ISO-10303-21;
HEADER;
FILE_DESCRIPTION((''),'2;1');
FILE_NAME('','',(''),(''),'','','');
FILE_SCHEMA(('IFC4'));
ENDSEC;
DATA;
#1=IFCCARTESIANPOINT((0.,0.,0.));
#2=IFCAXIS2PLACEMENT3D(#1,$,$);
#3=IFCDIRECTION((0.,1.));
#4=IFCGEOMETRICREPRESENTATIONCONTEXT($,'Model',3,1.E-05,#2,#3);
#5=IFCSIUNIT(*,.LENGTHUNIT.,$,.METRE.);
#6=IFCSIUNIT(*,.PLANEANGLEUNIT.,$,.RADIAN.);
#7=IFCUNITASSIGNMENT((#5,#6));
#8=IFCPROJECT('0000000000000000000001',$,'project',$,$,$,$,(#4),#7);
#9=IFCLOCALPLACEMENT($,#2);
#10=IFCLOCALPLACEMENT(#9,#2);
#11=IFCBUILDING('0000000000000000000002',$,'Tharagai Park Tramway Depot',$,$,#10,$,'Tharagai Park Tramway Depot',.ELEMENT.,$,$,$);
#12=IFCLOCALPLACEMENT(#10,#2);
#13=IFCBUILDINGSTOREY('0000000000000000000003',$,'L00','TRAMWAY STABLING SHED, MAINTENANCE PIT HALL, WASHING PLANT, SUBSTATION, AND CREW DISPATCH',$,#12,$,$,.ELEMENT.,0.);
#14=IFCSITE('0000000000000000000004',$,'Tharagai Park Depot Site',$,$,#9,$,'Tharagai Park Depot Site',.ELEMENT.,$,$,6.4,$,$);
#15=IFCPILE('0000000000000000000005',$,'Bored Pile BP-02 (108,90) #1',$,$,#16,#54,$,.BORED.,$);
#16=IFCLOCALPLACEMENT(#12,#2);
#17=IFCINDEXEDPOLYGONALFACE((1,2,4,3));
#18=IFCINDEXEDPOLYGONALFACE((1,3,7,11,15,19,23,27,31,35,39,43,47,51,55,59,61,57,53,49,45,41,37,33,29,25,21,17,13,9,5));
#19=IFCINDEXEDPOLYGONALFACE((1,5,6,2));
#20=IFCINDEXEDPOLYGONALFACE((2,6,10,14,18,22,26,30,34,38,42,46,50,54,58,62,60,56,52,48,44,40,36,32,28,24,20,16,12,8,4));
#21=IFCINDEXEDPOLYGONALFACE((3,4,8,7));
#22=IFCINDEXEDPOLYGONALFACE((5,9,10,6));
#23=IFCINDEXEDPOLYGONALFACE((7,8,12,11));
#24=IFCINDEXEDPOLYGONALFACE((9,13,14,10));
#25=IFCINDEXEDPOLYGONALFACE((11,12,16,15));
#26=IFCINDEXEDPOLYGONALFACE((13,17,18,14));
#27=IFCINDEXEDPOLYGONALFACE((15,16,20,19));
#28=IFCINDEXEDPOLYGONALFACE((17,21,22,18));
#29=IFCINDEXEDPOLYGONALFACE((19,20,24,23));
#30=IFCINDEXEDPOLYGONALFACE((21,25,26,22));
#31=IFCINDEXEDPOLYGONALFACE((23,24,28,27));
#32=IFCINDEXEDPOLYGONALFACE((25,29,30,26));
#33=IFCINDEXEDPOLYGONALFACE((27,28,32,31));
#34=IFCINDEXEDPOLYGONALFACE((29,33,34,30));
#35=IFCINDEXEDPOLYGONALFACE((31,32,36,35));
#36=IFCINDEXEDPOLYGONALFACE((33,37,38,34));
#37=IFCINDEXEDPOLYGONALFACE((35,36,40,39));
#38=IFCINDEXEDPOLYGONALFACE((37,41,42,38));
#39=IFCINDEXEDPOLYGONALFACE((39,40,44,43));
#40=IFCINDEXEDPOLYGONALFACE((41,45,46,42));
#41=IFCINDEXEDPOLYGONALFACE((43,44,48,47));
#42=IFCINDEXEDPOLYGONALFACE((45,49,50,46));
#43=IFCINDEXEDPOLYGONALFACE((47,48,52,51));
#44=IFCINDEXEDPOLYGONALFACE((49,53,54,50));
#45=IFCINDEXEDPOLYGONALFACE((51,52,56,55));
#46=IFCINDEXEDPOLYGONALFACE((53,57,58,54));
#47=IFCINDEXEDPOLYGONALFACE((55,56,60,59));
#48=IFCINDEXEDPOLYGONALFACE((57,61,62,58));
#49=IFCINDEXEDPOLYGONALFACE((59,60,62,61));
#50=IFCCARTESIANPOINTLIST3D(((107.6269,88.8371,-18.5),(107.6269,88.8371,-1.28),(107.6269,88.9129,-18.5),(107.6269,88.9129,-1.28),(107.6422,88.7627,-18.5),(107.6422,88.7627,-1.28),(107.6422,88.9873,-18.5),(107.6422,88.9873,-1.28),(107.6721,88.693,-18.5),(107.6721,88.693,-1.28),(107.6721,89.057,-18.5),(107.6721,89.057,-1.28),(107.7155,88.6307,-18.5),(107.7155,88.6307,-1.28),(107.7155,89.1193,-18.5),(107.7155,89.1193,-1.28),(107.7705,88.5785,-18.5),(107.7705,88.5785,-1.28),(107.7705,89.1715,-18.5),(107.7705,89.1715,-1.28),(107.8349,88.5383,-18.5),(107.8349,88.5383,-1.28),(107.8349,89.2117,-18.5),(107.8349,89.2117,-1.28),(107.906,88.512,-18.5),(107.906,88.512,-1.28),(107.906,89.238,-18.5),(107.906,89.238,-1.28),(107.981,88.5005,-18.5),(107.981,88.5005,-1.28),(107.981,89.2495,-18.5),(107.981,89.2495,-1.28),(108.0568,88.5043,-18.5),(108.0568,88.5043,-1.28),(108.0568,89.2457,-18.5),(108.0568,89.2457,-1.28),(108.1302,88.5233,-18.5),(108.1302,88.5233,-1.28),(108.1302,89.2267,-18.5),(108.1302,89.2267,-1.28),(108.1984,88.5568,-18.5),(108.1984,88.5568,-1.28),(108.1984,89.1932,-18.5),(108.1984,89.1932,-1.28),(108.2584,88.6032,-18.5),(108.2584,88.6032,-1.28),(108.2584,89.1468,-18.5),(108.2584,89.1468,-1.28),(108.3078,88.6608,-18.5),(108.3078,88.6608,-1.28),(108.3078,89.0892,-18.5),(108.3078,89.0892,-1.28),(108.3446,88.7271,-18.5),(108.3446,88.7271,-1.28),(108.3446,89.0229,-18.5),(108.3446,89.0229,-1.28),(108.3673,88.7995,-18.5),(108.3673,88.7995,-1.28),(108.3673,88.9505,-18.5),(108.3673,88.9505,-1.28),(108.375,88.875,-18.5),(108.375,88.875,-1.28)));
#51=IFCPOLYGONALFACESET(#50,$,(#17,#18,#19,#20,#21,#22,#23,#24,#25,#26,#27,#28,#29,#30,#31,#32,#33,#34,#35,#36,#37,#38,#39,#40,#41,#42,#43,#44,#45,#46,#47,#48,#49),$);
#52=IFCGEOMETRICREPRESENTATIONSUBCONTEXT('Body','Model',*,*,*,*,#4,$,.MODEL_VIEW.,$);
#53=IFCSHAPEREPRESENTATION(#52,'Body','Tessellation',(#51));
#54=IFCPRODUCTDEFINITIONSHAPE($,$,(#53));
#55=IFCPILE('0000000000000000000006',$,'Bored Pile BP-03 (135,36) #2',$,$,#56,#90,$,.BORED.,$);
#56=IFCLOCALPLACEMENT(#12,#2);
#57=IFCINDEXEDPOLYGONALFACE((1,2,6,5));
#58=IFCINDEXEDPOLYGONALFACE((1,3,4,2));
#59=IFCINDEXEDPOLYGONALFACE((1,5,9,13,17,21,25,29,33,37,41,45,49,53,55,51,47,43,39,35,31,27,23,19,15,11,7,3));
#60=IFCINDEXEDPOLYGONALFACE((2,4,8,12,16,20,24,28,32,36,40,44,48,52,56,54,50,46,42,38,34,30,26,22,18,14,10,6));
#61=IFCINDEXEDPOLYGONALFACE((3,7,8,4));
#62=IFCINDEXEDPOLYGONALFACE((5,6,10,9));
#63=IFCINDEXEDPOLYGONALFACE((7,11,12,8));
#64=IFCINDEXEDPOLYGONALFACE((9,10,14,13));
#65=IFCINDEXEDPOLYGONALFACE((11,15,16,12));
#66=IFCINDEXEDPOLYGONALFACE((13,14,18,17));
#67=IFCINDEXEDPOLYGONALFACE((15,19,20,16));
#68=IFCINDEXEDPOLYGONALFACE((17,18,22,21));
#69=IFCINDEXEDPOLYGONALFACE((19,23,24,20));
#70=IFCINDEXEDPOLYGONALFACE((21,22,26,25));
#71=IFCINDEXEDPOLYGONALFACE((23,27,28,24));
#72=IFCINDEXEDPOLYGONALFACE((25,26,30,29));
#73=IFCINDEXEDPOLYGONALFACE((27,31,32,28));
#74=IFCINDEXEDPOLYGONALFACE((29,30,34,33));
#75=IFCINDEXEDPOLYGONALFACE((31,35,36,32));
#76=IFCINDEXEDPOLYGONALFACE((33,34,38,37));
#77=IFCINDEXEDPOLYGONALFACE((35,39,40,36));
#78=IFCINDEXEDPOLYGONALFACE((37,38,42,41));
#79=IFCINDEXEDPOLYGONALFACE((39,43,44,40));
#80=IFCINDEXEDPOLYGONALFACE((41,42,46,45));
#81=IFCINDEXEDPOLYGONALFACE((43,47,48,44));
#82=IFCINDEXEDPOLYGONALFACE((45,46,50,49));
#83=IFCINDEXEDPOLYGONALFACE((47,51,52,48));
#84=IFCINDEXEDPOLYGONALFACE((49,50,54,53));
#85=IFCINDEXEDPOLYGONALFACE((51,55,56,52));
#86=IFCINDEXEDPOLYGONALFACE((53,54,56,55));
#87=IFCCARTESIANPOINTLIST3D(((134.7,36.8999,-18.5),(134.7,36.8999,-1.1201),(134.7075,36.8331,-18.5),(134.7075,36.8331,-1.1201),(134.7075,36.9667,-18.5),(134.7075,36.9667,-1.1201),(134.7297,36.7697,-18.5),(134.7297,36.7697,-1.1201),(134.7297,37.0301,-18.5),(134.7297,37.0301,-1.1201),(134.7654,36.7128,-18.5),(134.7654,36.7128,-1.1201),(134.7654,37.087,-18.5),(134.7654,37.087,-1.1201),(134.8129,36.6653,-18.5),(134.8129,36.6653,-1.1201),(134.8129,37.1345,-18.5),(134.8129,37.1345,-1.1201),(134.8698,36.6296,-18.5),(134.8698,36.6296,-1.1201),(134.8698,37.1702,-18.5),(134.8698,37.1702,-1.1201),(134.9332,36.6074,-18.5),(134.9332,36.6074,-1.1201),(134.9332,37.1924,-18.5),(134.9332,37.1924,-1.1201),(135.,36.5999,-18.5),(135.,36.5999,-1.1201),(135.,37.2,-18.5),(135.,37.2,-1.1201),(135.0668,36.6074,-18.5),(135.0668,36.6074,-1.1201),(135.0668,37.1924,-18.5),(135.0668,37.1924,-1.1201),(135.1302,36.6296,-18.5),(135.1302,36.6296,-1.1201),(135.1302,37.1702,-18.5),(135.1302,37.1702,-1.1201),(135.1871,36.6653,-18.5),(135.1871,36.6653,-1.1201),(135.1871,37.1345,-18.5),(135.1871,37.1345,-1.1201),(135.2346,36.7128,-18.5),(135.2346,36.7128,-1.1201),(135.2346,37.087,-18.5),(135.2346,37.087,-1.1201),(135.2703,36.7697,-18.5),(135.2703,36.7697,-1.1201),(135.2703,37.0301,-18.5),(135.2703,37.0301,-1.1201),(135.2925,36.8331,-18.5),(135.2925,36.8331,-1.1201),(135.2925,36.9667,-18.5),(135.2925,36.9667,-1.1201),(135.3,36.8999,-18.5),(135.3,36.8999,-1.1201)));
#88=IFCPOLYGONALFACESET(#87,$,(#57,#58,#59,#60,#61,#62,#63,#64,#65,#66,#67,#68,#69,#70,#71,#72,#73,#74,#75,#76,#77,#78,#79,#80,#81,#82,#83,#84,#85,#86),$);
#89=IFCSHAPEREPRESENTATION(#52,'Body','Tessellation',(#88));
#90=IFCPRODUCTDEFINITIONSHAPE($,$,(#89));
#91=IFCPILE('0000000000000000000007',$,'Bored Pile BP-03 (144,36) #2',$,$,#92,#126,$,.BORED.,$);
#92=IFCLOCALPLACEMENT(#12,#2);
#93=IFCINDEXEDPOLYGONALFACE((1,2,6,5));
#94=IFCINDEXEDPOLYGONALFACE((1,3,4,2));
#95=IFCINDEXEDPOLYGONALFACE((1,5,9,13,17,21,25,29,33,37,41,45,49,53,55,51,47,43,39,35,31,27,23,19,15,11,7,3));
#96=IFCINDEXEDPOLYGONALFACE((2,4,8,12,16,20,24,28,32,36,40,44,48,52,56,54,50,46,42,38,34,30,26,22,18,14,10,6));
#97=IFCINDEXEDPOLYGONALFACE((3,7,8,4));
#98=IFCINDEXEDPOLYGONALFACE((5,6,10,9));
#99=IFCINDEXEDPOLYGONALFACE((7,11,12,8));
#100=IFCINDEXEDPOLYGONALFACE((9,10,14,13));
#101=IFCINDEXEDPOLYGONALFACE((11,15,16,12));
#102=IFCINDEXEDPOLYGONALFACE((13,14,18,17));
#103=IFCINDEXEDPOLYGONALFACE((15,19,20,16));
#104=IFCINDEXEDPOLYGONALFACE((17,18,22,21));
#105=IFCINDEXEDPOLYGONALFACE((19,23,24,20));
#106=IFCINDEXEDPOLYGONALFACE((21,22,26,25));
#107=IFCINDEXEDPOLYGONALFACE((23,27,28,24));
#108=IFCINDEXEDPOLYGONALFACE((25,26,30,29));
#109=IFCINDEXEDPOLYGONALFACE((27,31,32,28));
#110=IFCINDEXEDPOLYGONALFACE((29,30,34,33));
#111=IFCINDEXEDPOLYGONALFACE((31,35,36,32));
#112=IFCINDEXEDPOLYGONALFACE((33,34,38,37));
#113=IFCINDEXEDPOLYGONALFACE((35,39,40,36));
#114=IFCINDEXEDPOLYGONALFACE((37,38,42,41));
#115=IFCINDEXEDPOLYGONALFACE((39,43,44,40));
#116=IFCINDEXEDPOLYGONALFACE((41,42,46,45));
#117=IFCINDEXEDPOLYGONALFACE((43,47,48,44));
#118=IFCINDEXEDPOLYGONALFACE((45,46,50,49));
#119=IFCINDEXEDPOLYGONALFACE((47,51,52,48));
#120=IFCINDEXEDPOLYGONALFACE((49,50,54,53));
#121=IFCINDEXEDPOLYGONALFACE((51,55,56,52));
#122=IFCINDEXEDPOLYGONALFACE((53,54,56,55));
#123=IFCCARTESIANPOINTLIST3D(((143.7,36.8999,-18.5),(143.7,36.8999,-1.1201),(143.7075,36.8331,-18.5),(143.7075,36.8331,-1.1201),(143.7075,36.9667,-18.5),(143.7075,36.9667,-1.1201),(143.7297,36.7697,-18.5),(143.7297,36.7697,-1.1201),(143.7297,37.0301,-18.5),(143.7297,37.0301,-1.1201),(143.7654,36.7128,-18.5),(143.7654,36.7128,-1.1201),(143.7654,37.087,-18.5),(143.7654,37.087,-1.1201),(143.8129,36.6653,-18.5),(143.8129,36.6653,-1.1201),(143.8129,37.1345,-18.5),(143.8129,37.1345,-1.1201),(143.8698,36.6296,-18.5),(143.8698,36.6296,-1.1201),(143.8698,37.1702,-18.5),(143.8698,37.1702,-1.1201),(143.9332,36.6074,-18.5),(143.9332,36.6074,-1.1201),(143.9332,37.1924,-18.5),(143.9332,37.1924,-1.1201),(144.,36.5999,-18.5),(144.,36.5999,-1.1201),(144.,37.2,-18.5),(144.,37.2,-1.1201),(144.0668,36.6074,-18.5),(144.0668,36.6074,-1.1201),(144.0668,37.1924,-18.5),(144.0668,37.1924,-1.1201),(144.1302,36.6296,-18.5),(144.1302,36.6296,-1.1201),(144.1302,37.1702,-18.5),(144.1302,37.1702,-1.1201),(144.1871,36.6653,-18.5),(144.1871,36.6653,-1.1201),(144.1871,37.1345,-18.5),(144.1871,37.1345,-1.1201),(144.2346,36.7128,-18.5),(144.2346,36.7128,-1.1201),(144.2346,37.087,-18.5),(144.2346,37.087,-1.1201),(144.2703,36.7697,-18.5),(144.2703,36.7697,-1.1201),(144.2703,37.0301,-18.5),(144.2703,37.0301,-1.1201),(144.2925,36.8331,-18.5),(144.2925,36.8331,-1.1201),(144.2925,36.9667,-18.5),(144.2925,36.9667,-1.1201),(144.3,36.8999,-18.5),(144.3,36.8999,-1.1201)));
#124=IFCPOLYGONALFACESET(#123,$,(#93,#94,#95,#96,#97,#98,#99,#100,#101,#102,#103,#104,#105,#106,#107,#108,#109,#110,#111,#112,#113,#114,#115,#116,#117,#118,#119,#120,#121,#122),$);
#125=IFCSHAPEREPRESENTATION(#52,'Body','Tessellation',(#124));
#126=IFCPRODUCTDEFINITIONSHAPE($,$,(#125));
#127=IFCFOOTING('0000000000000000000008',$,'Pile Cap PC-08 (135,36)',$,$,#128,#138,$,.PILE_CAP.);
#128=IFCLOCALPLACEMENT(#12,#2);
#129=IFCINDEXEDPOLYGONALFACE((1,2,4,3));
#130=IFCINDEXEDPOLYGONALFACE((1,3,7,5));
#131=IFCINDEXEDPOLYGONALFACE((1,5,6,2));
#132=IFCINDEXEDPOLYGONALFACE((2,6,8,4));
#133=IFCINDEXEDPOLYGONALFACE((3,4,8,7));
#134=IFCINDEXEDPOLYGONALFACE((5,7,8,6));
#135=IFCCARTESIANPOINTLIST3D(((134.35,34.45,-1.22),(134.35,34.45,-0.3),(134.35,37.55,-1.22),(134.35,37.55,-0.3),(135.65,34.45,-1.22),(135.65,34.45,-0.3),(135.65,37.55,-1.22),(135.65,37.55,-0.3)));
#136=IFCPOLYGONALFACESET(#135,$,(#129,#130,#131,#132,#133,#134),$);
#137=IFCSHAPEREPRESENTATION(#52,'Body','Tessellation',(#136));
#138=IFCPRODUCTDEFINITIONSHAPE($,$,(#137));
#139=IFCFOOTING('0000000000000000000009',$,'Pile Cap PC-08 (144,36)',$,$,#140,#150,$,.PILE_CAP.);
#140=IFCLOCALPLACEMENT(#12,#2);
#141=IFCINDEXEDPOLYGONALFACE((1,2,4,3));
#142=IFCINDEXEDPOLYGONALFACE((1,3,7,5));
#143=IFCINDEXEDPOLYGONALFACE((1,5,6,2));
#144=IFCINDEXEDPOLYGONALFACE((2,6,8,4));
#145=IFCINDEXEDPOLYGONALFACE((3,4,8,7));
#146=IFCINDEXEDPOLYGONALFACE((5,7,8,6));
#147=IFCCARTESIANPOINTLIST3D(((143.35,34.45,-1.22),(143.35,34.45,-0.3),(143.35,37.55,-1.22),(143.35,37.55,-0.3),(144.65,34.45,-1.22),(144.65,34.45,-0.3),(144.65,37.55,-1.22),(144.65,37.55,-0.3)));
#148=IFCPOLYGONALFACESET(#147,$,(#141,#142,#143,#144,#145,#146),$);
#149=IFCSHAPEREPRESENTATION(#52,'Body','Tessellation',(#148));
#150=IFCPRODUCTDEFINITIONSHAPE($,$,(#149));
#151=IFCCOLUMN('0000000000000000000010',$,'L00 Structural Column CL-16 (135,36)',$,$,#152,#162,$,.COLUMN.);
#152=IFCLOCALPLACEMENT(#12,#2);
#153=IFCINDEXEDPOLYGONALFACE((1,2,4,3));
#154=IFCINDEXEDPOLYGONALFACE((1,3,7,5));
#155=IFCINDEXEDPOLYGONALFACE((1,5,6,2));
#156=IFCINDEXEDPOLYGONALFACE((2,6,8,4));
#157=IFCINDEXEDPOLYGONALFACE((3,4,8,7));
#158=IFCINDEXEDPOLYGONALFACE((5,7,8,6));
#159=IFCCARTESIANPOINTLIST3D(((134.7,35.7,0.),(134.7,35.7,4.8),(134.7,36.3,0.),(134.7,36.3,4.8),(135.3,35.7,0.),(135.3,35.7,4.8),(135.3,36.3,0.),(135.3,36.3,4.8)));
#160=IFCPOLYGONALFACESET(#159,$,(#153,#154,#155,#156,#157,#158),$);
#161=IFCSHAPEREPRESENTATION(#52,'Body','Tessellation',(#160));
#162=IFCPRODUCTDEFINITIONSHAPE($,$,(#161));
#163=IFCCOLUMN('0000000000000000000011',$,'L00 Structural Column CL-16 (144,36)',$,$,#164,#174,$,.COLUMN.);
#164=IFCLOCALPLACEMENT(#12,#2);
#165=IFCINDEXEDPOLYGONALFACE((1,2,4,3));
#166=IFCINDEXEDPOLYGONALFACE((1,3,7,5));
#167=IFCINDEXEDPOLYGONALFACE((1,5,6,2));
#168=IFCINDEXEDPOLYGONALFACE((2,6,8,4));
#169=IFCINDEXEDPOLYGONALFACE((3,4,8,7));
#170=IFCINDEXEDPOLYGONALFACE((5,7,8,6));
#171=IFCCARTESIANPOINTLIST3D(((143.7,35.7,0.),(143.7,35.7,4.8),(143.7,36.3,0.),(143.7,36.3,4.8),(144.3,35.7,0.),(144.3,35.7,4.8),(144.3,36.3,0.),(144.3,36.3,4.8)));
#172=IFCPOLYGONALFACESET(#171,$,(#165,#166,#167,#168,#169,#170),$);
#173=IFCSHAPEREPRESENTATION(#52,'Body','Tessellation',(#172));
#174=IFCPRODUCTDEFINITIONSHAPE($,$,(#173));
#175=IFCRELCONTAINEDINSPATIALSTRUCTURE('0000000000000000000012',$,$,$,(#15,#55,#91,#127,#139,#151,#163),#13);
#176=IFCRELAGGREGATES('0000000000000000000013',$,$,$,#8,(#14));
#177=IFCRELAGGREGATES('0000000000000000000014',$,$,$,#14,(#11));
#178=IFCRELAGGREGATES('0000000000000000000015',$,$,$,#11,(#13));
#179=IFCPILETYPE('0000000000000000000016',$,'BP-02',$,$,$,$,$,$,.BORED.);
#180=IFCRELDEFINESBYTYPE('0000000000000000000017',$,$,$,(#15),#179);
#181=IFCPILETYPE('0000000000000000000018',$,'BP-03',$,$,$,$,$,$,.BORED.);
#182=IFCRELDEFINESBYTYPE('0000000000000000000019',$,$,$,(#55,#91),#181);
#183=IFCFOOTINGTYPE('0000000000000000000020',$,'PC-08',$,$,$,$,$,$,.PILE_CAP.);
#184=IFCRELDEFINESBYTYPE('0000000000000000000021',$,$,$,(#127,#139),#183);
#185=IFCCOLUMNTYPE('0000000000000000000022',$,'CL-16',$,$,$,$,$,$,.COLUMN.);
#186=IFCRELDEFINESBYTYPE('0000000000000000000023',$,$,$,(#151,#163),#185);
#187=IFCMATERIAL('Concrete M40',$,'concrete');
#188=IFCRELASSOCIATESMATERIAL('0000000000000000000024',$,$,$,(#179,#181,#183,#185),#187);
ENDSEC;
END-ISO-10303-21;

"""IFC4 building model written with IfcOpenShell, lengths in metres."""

from ifc_helpers import new_model, si_unit, direction, frame, origin, origin_2d, place, context, subcontext, project, spatial, rectangle, circle, extrude, material, material_profile, profile_set, type_object, element, save


model = new_model("IFC4")

# Units and contexts
model_context = context("Model", 3, precision=1e-05, world=origin(), true_north=direction((0.0, 1.0)))
body_context = subcontext(model_context, "Body", "Model", "MODEL_VIEW")
ifc_project = project(units=[si_unit("LENGTHUNIT", "METRE"), si_unit("PLANEANGLEUNIT", "RADIAN")], contexts=[model_context])

# Site, building, storey
site_placement = place(None, origin())
site = spatial("IfcSite", under=ifc_project, at=site_placement, Name="Tharagai Park Depot Site", LongName="Tharagai Park Depot Site", CompositionType="ELEMENT", RefElevation=6.4)
building_placement = place(site_placement, origin())
building = spatial("IfcBuilding", under=site, at=building_placement, Name="Tharagai Park Tramway Depot", LongName="Tharagai Park Tramway Depot", CompositionType="ELEMENT")
storey_placement = place(building_placement, origin())
storey = spatial("IfcBuildingStorey", under=building, at=storey_placement, Name="L00", Description="TRAMWAY STABLING SHED, MAINTENANCE PIT HALL, WASHING PLANT, SUBSTATION, AND CREW DISPATCH", CompositionType="ELEMENT", Elevation=0.0)

# Piles
ifc_material_1 = material(Name="Concrete M40", Category="concrete")
ifc_material_profile_1 = material_profile(ifc_material_1, circle(Radius=0.375, at=origin_2d()), Name="PILE D750")
ifc_profile_set_1 = profile_set([ifc_material_profile_1], Name="Concrete M40")
pile_type_1 = type_object("IfcPileType", Name="BP-02", PredefinedType="BORED", material=ifc_profile_set_1)
pile_placement = place(storey_placement, frame((108.0, 88.875, -1.28), z_axis=(0.0, 0.0, -1.0), x_axis=(1.0, 0.0, 0.0)))
element("IfcPile", 1, at=pile_placement, inside=storey, type_object=pile_type_1, Name="Bored Pile BP-02 (108,90) #1", PredefinedType="BORED", context=body_context, shape_type="SweptSolid", body=[
    extrude(circle(Radius=0.375, at=origin_2d()), origin(), (0.0, 0.0, 1.0), 17.22),
])
ifc_material_profile_2 = material_profile(ifc_material_1, circle(Radius=0.3, at=origin_2d()), Name="PILE D600")
ifc_profile_set_2 = profile_set([ifc_material_profile_2], Name="Concrete M40")
pile_type_2 = type_object("IfcPileType", Name="BP-03", PredefinedType="BORED", material=ifc_profile_set_2)
for number, where, z_axis, x_axis, name in (
    (2, (135.0, 36.8999, -1.1201), (0.0, 0.0, -1.0), (1.0, 0.0, 0.0), "Bored Pile BP-03 (135,36) #2"),
    (3, (144.0, 36.8999, -1.1201), (0.0, 0.0, -1.0), (1.0, 0.0, 0.0), "Bored Pile BP-03 (144,36) #2"),
):
    element("IfcPile", number, at=place(storey_placement, frame(where, z_axis=z_axis, x_axis=x_axis)), inside=storey, type_object=pile_type_2, Name=name, PredefinedType="BORED", context=body_context, shape_type="SweptSolid", body=[
        extrude(circle(Radius=0.3, at=origin_2d()), origin(), (0.0, 0.0, 1.0), 17.3799),
    ])

# Footings
footing_type = type_object("IfcFootingType", Name="PC-08", PredefinedType="PILE_CAP", material=ifc_material_1)
for number, where, z_axis, x_axis, name in (
    (4, (135.0, 36.0, -1.22), (0.0, 0.0, 1.0), (1.0, 0.0, 0.0), "Pile Cap PC-08 (135,36)"),
    (5, (144.0, 36.0, -1.22), (0.0, 0.0, 1.0), (1.0, 0.0, 0.0), "Pile Cap PC-08 (144,36)"),
):
    element("IfcFooting", number, at=place(storey_placement, frame(where, z_axis=z_axis, x_axis=x_axis)), inside=storey, type_object=footing_type, Name=name, PredefinedType="PILE_CAP", context=body_context, shape_type="SweptSolid", body=[
        extrude(rectangle(XDim=1.3, YDim=3.1001, at=origin_2d()), origin(), (0.0, 0.0, 1.0), 0.9199),
    ])

# Columns
ifc_material_profile_3 = material_profile(ifc_material_1, rectangle(XDim=0.6001, YDim=0.6001, at=origin_2d()), Name="RC 600x600")
ifc_profile_set_3 = profile_set([ifc_material_profile_3], Name="Concrete M40")
column_type = type_object("IfcColumnType", Name="CL-16", PredefinedType="COLUMN", material=ifc_profile_set_3)
for number, where, z_axis, x_axis, name in (
    (6, (135.0, 36.0, 0.0), (0.0, 0.0, 1.0), (1.0, 0.0, 0.0), "L00 Structural Column CL-16 (135,36)"),
    (7, (144.0, 36.0, 0.0), (0.0, 0.0, 1.0), (1.0, 0.0, 0.0), "L00 Structural Column CL-16 (144,36)"),
):
    element("IfcColumn", number, at=place(storey_placement, frame(where, z_axis=z_axis, x_axis=x_axis)), inside=storey, type_object=column_type, Name=name, PredefinedType="COLUMN", context=body_context, shape_type="SweptSolid", body=[
        extrude(rectangle(XDim=0.6001, YDim=0.6001, at=origin_2d()), origin(), (0.0, 0.0, 1.0), 4.8),
    ])

save(model, "model.ifc")
